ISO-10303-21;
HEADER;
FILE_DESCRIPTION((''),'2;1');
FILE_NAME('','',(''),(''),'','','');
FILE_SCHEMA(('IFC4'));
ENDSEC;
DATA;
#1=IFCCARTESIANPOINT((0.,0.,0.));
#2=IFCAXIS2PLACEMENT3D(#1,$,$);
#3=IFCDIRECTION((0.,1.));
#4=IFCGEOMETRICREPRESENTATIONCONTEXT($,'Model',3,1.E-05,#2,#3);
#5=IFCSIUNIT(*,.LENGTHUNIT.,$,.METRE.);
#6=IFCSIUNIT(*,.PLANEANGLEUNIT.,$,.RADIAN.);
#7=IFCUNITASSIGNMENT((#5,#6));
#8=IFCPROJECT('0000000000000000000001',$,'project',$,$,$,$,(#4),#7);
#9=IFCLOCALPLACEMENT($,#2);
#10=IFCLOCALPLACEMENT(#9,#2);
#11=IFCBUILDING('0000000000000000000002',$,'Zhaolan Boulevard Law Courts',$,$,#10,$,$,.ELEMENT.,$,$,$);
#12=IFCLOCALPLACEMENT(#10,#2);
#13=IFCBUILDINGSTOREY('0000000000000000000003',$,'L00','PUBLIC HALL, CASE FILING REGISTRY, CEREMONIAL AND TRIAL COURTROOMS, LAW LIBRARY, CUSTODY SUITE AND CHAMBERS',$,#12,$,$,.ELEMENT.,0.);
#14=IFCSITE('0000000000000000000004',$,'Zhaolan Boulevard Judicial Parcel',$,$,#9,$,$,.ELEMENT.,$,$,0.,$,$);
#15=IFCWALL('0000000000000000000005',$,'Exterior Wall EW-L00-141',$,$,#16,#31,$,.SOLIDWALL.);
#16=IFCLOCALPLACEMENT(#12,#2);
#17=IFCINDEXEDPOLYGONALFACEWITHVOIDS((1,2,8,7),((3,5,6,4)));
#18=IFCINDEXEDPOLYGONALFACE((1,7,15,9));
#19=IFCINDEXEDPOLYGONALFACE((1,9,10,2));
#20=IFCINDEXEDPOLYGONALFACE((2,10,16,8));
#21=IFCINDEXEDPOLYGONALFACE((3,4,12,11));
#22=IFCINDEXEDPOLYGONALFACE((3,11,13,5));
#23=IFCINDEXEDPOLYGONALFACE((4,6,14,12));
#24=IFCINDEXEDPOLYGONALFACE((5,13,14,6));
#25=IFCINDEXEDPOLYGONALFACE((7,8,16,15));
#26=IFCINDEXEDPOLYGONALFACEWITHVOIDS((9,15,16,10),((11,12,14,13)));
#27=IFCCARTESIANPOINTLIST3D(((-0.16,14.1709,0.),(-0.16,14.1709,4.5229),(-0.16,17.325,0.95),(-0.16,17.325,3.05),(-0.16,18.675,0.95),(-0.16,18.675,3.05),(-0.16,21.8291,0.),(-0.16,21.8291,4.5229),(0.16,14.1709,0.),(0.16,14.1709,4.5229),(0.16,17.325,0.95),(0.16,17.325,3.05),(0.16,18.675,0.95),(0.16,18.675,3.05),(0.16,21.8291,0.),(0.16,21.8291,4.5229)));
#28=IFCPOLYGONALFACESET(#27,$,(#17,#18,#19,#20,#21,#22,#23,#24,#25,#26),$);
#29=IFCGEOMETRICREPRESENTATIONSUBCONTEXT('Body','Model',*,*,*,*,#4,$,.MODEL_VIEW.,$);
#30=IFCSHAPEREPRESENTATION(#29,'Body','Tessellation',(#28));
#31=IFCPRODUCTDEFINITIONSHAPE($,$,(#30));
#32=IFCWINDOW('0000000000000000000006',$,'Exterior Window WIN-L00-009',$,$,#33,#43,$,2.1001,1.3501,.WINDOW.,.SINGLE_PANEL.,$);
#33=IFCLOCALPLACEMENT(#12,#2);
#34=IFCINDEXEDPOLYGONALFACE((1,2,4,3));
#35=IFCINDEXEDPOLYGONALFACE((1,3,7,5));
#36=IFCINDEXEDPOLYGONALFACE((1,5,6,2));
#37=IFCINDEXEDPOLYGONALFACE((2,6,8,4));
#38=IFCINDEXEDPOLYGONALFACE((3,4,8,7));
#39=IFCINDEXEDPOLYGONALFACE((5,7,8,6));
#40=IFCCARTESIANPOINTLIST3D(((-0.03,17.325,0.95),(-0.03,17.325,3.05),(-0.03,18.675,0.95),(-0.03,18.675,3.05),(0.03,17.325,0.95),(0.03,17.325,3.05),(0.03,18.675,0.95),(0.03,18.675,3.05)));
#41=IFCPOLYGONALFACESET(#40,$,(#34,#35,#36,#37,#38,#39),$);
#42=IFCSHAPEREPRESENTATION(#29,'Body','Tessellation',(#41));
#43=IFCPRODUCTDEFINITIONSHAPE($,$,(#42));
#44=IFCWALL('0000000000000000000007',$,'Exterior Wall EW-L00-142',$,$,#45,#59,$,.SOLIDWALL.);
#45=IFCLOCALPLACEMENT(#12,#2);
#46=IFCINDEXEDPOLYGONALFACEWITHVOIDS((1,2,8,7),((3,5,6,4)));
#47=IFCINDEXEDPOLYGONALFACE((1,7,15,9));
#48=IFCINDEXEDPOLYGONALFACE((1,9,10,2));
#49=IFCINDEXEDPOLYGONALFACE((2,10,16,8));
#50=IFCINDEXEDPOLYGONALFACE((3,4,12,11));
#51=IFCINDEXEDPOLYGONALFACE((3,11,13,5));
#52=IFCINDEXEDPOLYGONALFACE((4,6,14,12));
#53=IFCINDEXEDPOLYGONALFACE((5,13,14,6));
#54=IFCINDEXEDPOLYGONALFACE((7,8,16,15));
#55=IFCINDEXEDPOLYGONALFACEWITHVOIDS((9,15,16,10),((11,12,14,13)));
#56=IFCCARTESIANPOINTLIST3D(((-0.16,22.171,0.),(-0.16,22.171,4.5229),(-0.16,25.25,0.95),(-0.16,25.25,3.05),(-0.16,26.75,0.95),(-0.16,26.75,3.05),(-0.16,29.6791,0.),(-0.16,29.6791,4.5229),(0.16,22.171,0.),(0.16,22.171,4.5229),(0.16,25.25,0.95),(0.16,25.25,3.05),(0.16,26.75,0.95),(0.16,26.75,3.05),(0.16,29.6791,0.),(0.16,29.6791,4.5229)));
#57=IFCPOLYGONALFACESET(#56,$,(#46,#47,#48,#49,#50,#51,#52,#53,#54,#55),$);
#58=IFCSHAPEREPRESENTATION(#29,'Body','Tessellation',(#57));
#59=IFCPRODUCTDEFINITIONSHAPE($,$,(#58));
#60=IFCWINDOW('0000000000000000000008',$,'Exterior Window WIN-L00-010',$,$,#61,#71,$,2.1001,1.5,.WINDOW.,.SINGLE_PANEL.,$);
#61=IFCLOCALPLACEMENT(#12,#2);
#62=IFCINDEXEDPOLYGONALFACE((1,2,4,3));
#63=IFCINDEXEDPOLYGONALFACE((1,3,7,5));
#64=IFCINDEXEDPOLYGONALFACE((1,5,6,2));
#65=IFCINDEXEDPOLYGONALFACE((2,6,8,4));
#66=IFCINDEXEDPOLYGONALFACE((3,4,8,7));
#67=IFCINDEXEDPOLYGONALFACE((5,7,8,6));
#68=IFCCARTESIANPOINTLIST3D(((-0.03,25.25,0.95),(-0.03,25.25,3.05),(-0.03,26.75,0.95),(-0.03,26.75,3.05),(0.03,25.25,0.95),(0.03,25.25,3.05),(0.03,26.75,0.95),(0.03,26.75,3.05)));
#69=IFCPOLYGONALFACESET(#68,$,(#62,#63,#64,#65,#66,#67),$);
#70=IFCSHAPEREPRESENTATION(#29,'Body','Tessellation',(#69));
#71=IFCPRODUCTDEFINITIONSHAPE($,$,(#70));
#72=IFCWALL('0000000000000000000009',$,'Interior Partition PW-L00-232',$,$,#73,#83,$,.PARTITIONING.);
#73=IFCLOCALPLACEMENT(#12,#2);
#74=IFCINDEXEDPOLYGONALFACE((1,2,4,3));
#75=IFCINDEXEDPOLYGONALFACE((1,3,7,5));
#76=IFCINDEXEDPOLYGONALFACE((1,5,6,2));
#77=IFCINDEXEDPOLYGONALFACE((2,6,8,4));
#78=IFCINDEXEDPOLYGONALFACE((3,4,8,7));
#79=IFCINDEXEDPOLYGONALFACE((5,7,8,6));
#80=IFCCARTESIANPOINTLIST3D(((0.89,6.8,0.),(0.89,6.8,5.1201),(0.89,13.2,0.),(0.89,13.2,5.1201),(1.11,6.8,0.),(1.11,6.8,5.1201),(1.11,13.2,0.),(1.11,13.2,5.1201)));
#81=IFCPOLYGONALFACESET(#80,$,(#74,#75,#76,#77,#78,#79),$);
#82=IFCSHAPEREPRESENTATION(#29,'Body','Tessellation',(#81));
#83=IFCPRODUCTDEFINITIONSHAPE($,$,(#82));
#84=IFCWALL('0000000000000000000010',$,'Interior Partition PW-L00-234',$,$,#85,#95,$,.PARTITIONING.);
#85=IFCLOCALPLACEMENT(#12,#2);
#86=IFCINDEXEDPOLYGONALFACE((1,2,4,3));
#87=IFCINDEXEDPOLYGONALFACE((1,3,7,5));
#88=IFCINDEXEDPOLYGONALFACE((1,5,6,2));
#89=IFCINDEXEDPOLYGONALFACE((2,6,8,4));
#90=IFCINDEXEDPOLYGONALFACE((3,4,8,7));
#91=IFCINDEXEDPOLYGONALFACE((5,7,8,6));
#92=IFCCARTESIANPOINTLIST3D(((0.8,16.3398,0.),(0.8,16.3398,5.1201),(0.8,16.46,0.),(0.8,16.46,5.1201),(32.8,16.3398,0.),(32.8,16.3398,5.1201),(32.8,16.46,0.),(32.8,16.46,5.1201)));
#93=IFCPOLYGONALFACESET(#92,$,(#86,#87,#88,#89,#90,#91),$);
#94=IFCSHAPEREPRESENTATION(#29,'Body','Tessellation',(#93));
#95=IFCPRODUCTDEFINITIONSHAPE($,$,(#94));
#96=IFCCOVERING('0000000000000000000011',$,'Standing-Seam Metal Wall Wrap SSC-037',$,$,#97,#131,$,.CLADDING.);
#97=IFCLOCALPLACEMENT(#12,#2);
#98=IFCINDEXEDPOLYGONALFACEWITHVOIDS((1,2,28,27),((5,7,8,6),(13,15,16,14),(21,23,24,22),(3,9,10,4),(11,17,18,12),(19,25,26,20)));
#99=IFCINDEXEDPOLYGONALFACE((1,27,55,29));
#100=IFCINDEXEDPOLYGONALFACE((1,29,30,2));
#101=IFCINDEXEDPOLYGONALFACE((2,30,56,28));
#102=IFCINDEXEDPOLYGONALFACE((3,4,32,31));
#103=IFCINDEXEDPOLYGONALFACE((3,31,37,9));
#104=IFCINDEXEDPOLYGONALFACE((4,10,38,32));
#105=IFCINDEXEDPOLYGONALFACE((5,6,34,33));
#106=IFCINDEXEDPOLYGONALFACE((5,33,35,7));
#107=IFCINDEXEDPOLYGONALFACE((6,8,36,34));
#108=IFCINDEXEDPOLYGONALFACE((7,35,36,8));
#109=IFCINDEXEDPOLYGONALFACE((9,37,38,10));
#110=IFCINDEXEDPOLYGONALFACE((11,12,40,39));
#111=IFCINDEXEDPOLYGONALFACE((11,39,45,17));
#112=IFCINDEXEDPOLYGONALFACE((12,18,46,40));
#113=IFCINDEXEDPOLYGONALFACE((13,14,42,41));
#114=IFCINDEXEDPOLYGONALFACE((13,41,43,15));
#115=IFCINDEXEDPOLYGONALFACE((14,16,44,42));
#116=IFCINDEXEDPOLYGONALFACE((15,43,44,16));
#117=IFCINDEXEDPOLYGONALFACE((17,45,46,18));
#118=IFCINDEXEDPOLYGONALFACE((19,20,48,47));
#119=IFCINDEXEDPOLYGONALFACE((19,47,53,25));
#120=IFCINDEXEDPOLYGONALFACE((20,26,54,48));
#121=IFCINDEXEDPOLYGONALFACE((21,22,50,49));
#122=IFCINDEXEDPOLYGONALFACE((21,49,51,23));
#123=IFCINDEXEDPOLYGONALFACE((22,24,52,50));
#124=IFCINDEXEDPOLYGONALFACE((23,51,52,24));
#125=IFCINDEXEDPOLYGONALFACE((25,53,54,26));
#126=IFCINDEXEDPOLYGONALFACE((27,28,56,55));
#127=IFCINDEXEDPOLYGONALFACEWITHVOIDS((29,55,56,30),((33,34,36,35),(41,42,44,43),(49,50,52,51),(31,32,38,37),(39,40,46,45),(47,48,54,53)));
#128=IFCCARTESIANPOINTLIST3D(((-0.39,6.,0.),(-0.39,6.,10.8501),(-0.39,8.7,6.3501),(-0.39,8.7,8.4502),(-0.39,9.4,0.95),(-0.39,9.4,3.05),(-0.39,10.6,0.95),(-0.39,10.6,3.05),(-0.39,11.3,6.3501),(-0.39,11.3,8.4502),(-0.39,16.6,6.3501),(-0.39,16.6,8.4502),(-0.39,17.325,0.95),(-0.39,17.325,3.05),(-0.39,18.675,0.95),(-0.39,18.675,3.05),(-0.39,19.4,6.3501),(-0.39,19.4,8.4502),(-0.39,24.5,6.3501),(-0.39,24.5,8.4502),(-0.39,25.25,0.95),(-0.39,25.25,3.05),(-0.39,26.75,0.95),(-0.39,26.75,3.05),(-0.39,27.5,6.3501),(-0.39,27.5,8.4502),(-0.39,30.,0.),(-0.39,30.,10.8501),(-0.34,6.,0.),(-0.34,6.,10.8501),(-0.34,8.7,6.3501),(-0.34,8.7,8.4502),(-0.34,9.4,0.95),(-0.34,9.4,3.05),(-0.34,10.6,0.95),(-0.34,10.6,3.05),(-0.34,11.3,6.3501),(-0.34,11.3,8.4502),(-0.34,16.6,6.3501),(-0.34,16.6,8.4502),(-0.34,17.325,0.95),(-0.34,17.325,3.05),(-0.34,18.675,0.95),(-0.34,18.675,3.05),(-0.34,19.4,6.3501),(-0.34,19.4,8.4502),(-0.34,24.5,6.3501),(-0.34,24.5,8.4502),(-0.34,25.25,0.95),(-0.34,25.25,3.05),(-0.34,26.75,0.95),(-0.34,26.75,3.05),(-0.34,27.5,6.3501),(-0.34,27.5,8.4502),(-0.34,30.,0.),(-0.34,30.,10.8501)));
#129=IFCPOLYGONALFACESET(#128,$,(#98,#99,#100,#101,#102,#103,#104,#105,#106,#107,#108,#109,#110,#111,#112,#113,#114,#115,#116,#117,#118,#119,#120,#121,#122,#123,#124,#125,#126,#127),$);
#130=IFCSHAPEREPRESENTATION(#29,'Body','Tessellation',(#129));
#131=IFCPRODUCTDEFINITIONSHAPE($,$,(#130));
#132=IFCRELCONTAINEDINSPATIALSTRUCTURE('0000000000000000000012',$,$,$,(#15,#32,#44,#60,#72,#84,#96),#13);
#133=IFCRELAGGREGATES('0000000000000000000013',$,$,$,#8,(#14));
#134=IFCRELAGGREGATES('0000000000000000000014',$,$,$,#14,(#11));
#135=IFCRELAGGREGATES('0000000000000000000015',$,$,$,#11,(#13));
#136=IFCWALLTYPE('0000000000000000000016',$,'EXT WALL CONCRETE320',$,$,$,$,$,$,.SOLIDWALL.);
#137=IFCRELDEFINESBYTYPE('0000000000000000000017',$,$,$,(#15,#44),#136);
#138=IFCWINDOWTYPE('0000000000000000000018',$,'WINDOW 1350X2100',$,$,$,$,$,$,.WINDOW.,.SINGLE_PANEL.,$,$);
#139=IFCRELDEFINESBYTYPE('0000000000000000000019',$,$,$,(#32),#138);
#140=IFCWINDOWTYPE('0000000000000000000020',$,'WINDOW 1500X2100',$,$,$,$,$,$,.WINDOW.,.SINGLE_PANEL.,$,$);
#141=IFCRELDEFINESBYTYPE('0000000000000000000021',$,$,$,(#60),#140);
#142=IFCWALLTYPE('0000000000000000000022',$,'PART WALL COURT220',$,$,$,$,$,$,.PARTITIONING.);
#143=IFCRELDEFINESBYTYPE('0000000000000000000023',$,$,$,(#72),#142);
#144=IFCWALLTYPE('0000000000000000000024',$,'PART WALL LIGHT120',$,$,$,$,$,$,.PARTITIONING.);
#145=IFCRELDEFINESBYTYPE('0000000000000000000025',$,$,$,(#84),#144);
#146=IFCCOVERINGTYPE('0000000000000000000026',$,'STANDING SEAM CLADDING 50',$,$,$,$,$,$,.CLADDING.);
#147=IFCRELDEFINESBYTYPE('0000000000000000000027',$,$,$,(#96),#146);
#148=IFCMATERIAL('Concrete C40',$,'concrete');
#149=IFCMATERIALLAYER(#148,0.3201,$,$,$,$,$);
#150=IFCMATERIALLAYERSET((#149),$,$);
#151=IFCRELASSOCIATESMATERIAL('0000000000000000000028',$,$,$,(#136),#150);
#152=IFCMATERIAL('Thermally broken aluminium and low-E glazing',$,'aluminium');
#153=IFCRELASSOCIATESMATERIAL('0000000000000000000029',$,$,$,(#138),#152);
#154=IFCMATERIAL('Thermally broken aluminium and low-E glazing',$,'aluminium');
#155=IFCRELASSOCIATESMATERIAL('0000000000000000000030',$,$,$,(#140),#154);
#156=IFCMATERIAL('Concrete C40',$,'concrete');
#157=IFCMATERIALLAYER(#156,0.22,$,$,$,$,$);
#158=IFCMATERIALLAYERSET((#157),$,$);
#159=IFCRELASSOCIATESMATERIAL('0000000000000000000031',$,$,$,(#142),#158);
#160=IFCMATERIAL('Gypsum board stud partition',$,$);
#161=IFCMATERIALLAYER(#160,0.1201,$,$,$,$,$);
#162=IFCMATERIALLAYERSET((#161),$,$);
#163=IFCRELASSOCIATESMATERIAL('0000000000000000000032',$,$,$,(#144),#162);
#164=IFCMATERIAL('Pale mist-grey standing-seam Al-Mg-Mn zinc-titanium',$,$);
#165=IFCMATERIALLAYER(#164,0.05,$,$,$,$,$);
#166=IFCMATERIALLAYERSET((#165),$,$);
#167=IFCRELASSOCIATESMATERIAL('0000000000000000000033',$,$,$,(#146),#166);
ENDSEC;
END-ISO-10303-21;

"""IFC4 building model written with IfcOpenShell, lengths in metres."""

from ifc_helpers import new_model, si_unit, direction, frame, frame_2d, origin, place, context, subcontext, project, spatial, rectangle, extrude, material, layer, layer_set, type_object, element, fill, save


model = new_model("IFC4")

# Units and contexts
model_context = context("Model", 3, precision=1e-05, world=origin(), true_north=direction((0.0, 1.0)))
body_context = subcontext(model_context, "Body", "Model", "MODEL_VIEW")
ifc_project = project(units=[si_unit("LENGTHUNIT", "METRE"), si_unit("PLANEANGLEUNIT", "RADIAN")], contexts=[model_context])

# Site, building, storey
site_placement = place(None, origin())
site = spatial("IfcSite", under=ifc_project, at=site_placement, Name="Zhaolan Boulevard Judicial Parcel", CompositionType="ELEMENT", RefElevation=0.0)
building_placement = place(site_placement, origin())
building = spatial("IfcBuilding", under=site, at=building_placement, Name="Zhaolan Boulevard Law Courts", CompositionType="ELEMENT")
storey_placement = place(building_placement, origin())
storey = spatial("IfcBuildingStorey", under=building, at=storey_placement, Name="L00", Description="PUBLIC HALL, CASE FILING REGISTRY, CEREMONIAL AND TRIAL COURTROOMS, LAW LIBRARY, CUSTODY SUITE AND CHAMBERS", CompositionType="ELEMENT", Elevation=0.0)

# Walls, openings, windows
ifc_material_1 = material(Name="Concrete C40", Category="concrete")
ifc_layer_1 = layer(ifc_material_1, 0.3201)
ifc_layer_set_1 = layer_set([ifc_layer_1])
wall_type_1 = type_object("IfcWallType", Name="EXT WALL CONCRETE320", PredefinedType="SOLIDWALL", material=ifc_layer_set_1)
wall_1_placement = place(storey_placement, frame((0.0, 21.8291, 0.0), z_axis=(0.0, 0.0, 1.0), x_axis=(0.0, -1.0, 0.0)))
wall_1 = element("IfcWall", 1, at=wall_1_placement, inside=storey, type_object=wall_type_1, Name="Exterior Wall EW-L00-141", PredefinedType="SOLIDWALL", context=body_context, shape_type="SweptSolid", body=[
    extrude(rectangle(XDim=7.6582, YDim=0.3201, at=frame_2d((3.8291, 0.0))), origin(), (0.0, 0.0, 1.0), 4.5229),
])
opening_1_placement = place(wall_1_placement, frame((3.1541, 0.0, 0.95)))
opening_1 = element("IfcOpeningElement", 2, at=opening_1_placement, cuts=wall_1, PredefinedType="OPENING", context=body_context, shape_type="SweptSolid", body=[
    extrude(rectangle(XDim=1.3501, YDim=2.1001, at=frame_2d((0.675, 1.05))), frame((0.0, 0.1699, 0.0), z_axis=(0.0, -1.0, 0.0), x_axis=(1.0, 0.0, 0.0)), (0.0, 0.0, 1.0), 0.3401),
])
ifc_material_2 = material(Name="Thermally broken aluminium and low-E glazing", Category="aluminium")
window_type_1 = type_object("IfcWindowType", Name="WINDOW 1350X2100", PartitioningType="SINGLE_PANEL", PredefinedType="WINDOW", material=ifc_material_2)
window_1_placement = place(opening_1_placement, origin())
window_1 = element("IfcWindow", 3, at=window_1_placement, inside=storey, type_object=window_type_1, Name="Exterior Window WIN-L00-009", OverallHeight=2.1001, OverallWidth=1.3501, PartitioningType="SINGLE_PANEL", PredefinedType="WINDOW", context=body_context, shape_type="SweptSolid", body=[
    extrude(rectangle(XDim=1.3501, YDim=2.1001, at=frame_2d((0.675, 1.05))), frame((0.0, 0.03, 0.0), z_axis=(0.0, -1.0, 0.0), x_axis=(1.0, 0.0, 0.0)), (0.0, 0.0, 1.0), 0.0601),
])
fill(opening_1, window_1)
wall_2_placement = place(storey_placement, frame((0.0, 29.679, 0.0), z_axis=(0.0, 0.0, 1.0), x_axis=(0.0, -1.0, 0.0)))
wall_2 = element("IfcWall", 4, at=wall_2_placement, inside=storey, type_object=wall_type_1, Name="Exterior Wall EW-L00-142", PredefinedType="SOLIDWALL", context=body_context, shape_type="SweptSolid", body=[
    extrude(rectangle(XDim=7.5081, YDim=0.3201, at=frame_2d((3.7539, 0.0))), origin(), (0.0, 0.0, 1.0), 4.5229),
])
opening_2_placement = place(wall_2_placement, frame((2.929, 0.0, 0.95)))
opening_2 = element("IfcOpeningElement", 5, at=opening_2_placement, cuts=wall_2, PredefinedType="OPENING", context=body_context, shape_type="SweptSolid", body=[
    extrude(rectangle(XDim=1.5, YDim=2.1001, at=frame_2d((0.75, 1.05))), frame((0.0, 0.1699, 0.0), z_axis=(0.0, -1.0, 0.0), x_axis=(1.0, 0.0, 0.0)), (0.0, 0.0, 1.0), 0.3401),
])
ifc_material_3 = material(Name="Thermally broken aluminium and low-E glazing", Category="aluminium")
window_type_2 = type_object("IfcWindowType", Name="WINDOW 1500X2100", PartitioningType="SINGLE_PANEL", PredefinedType="WINDOW", material=ifc_material_3)
window_2_placement = place(opening_2_placement, origin())
window_2 = element("IfcWindow", 6, at=window_2_placement, inside=storey, type_object=window_type_2, Name="Exterior Window WIN-L00-010", OverallHeight=2.1001, OverallWidth=1.5, PartitioningType="SINGLE_PANEL", PredefinedType="WINDOW", context=body_context, shape_type="SweptSolid", body=[
    extrude(rectangle(XDim=1.5, YDim=2.1001, at=frame_2d((0.75, 1.05))), frame((0.0, 0.03, 0.0), z_axis=(0.0, -1.0, 0.0), x_axis=(1.0, 0.0, 0.0)), (0.0, 0.0, 1.0), 0.0601),
])
fill(opening_2, window_2)

# Walls
ifc_material_4 = material(Name="Concrete C40", Category="concrete")
ifc_layer_2 = layer(ifc_material_4, 0.22)
ifc_layer_set_2 = layer_set([ifc_layer_2])
wall_type_2 = type_object("IfcWallType", Name="PART WALL COURT220", PredefinedType="PARTITIONING", material=ifc_layer_set_2)
wall_3_placement = place(storey_placement, frame((1.0, 13.2, 0.0), z_axis=(0.0, 0.0, 1.0), x_axis=(0.0, -1.0, 0.0)))
element("IfcWall", 7, at=wall_3_placement, inside=storey, type_object=wall_type_2, Name="Interior Partition PW-L00-232", PredefinedType="PARTITIONING", context=body_context, shape_type="SweptSolid", body=[
    extrude(rectangle(XDim=6.3999, YDim=0.22, at=frame_2d((3.2, 0.0))), origin(), (0.0, 0.0, 1.0), 5.1201),
])
ifc_material_5 = material(Name="Gypsum board stud partition")
ifc_layer_3 = layer(ifc_material_5, 0.1201)
ifc_layer_set_3 = layer_set([ifc_layer_3])
wall_type_3 = type_object("IfcWallType", Name="PART WALL LIGHT120", PredefinedType="PARTITIONING", material=ifc_layer_set_3)
wall_4_placement = place(storey_placement, frame((0.8, 16.3999, 0.0), z_axis=(0.0, 0.0, 1.0), x_axis=(1.0, 0.0, 0.0)))
element("IfcWall", 8, at=wall_4_placement, inside=storey, type_object=wall_type_3, Name="Interior Partition PW-L00-234", PredefinedType="PARTITIONING", context=body_context, shape_type="SweptSolid", body=[
    extrude(rectangle(XDim=32.0, YDim=0.1201, at=frame_2d((16.0, 0.0))), origin(), (0.0, 0.0, 1.0), 5.1201),
])

# Covering, openings
ifc_material_6 = material(Name="Pale mist-grey standing-seam Al-Mg-Mn zinc-titanium")
ifc_layer_4 = layer(ifc_material_6, 0.05)
ifc_layer_set_4 = layer_set([ifc_layer_4])
covering_type = type_object("IfcCoveringType", Name="STANDING SEAM CLADDING 50", PredefinedType="CLADDING", material=ifc_layer_set_4)
covering_placement = place(storey_placement, frame((-0.365, 30.0, 0.0), z_axis=(0.0, 0.0, 1.0), x_axis=(0.0, -1.0, 0.0)))
covering = element("IfcCovering", 9, at=covering_placement, inside=storey, type_object=covering_type, Name="Standing-Seam Metal Wall Wrap SSC-037", PredefinedType="CLADDING", context=body_context, shape_type="SweptSolid", body=[
    extrude(rectangle(XDim=24.0, YDim=0.05, at=frame_2d((12.0, 0.0))), origin(), (0.0, 0.0, 1.0), 10.8501),
])
opening_3_placement = place(storey_placement, frame((-0.365, 10.6001, 0.95), z_axis=(0.0, 0.0, 1.0), x_axis=(0.0, -1.0, 0.0)))
element("IfcOpeningElement", 10, at=opening_3_placement, cuts=covering, PredefinedType="OPENING", context=body_context, shape_type="SweptSolid", body=[
    extrude(rectangle(XDim=1.2, YDim=2.1001, at=frame_2d((0.6001, 1.05))), frame((0.0, 0.1499, 0.0), z_axis=(0.0, -1.0, 0.0), x_axis=(1.0, 0.0, 0.0)), (0.0, 0.0, 1.0), 0.3),
])
opening_4_placement = place(storey_placement, frame((-0.365, 18.675, 0.95), z_axis=(0.0, 0.0, 1.0), x_axis=(0.0, -1.0, 0.0)))
element("IfcOpeningElement", 11, at=opening_4_placement, cuts=covering, PredefinedType="OPENING", context=body_context, shape_type="SweptSolid", body=[
    extrude(rectangle(XDim=1.3501, YDim=2.1001, at=frame_2d((0.675, 1.05))), frame((0.0, 0.1499, 0.0), z_axis=(0.0, -1.0, 0.0), x_axis=(1.0, 0.0, 0.0)), (0.0, 0.0, 1.0), 0.3),
])
opening_5_placement = place(storey_placement, frame((-0.365, 26.75, 0.95), z_axis=(0.0, 0.0, 1.0), x_axis=(0.0, -1.0, 0.0)))
element("IfcOpeningElement", 12, at=opening_5_placement, cuts=covering, PredefinedType="OPENING", context=body_context, shape_type="SweptSolid", body=[
    extrude(rectangle(XDim=1.5, YDim=2.1001, at=frame_2d((0.75, 1.05))), frame((0.0, 0.1499, 0.0), z_axis=(0.0, -1.0, 0.0), x_axis=(1.0, 0.0, 0.0)), (0.0, 0.0, 1.0), 0.3),
])
opening_6_placement = place(storey_placement, frame((-0.365, 11.3, 6.3501), z_axis=(0.0, 0.0, 1.0), x_axis=(0.0, -1.0, 0.0)))
element("IfcOpeningElement", 13, at=opening_6_placement, cuts=covering, PredefinedType="OPENING", context=body_context, shape_type="SweptSolid", body=[
    extrude(rectangle(XDim=2.6001, YDim=2.1001, at=frame_2d((1.3, 1.05))), frame((0.0, 0.1499, 0.0), z_axis=(0.0, -1.0, 0.0), x_axis=(1.0, 0.0, 0.0)), (0.0, 0.0, 1.0), 0.3),
])
opening_7_placement = place(storey_placement, frame((-0.365, 19.3999, 6.3501), z_axis=(0.0, 0.0, 1.0), x_axis=(0.0, -1.0, 0.0)))
element("IfcOpeningElement", 14, at=opening_7_placement, cuts=covering, PredefinedType="OPENING", context=body_context, shape_type="SweptSolid", body=[
    extrude(rectangle(XDim=2.8, YDim=2.1001, at=frame_2d((1.3999, 1.05))), frame((0.0, 0.1499, 0.0), z_axis=(0.0, -1.0, 0.0), x_axis=(1.0, 0.0, 0.0)), (0.0, 0.0, 1.0), 0.3),
])
opening_8_placement = place(storey_placement, frame((-0.365, 27.5, 6.3501), z_axis=(0.0, 0.0, 1.0), x_axis=(0.0, -1.0, 0.0)))
element("IfcOpeningElement", 15, at=opening_8_placement, cuts=covering, PredefinedType="OPENING", context=body_context, shape_type="SweptSolid", body=[
    extrude(rectangle(XDim=3.0, YDim=2.1001, at=frame_2d((1.5, 1.05))), frame((0.0, 0.1499, 0.0), z_axis=(0.0, -1.0, 0.0), x_axis=(1.0, 0.0, 0.0)), (0.0, 0.0, 1.0), 0.3),
])

save(model, "model.ifc")
